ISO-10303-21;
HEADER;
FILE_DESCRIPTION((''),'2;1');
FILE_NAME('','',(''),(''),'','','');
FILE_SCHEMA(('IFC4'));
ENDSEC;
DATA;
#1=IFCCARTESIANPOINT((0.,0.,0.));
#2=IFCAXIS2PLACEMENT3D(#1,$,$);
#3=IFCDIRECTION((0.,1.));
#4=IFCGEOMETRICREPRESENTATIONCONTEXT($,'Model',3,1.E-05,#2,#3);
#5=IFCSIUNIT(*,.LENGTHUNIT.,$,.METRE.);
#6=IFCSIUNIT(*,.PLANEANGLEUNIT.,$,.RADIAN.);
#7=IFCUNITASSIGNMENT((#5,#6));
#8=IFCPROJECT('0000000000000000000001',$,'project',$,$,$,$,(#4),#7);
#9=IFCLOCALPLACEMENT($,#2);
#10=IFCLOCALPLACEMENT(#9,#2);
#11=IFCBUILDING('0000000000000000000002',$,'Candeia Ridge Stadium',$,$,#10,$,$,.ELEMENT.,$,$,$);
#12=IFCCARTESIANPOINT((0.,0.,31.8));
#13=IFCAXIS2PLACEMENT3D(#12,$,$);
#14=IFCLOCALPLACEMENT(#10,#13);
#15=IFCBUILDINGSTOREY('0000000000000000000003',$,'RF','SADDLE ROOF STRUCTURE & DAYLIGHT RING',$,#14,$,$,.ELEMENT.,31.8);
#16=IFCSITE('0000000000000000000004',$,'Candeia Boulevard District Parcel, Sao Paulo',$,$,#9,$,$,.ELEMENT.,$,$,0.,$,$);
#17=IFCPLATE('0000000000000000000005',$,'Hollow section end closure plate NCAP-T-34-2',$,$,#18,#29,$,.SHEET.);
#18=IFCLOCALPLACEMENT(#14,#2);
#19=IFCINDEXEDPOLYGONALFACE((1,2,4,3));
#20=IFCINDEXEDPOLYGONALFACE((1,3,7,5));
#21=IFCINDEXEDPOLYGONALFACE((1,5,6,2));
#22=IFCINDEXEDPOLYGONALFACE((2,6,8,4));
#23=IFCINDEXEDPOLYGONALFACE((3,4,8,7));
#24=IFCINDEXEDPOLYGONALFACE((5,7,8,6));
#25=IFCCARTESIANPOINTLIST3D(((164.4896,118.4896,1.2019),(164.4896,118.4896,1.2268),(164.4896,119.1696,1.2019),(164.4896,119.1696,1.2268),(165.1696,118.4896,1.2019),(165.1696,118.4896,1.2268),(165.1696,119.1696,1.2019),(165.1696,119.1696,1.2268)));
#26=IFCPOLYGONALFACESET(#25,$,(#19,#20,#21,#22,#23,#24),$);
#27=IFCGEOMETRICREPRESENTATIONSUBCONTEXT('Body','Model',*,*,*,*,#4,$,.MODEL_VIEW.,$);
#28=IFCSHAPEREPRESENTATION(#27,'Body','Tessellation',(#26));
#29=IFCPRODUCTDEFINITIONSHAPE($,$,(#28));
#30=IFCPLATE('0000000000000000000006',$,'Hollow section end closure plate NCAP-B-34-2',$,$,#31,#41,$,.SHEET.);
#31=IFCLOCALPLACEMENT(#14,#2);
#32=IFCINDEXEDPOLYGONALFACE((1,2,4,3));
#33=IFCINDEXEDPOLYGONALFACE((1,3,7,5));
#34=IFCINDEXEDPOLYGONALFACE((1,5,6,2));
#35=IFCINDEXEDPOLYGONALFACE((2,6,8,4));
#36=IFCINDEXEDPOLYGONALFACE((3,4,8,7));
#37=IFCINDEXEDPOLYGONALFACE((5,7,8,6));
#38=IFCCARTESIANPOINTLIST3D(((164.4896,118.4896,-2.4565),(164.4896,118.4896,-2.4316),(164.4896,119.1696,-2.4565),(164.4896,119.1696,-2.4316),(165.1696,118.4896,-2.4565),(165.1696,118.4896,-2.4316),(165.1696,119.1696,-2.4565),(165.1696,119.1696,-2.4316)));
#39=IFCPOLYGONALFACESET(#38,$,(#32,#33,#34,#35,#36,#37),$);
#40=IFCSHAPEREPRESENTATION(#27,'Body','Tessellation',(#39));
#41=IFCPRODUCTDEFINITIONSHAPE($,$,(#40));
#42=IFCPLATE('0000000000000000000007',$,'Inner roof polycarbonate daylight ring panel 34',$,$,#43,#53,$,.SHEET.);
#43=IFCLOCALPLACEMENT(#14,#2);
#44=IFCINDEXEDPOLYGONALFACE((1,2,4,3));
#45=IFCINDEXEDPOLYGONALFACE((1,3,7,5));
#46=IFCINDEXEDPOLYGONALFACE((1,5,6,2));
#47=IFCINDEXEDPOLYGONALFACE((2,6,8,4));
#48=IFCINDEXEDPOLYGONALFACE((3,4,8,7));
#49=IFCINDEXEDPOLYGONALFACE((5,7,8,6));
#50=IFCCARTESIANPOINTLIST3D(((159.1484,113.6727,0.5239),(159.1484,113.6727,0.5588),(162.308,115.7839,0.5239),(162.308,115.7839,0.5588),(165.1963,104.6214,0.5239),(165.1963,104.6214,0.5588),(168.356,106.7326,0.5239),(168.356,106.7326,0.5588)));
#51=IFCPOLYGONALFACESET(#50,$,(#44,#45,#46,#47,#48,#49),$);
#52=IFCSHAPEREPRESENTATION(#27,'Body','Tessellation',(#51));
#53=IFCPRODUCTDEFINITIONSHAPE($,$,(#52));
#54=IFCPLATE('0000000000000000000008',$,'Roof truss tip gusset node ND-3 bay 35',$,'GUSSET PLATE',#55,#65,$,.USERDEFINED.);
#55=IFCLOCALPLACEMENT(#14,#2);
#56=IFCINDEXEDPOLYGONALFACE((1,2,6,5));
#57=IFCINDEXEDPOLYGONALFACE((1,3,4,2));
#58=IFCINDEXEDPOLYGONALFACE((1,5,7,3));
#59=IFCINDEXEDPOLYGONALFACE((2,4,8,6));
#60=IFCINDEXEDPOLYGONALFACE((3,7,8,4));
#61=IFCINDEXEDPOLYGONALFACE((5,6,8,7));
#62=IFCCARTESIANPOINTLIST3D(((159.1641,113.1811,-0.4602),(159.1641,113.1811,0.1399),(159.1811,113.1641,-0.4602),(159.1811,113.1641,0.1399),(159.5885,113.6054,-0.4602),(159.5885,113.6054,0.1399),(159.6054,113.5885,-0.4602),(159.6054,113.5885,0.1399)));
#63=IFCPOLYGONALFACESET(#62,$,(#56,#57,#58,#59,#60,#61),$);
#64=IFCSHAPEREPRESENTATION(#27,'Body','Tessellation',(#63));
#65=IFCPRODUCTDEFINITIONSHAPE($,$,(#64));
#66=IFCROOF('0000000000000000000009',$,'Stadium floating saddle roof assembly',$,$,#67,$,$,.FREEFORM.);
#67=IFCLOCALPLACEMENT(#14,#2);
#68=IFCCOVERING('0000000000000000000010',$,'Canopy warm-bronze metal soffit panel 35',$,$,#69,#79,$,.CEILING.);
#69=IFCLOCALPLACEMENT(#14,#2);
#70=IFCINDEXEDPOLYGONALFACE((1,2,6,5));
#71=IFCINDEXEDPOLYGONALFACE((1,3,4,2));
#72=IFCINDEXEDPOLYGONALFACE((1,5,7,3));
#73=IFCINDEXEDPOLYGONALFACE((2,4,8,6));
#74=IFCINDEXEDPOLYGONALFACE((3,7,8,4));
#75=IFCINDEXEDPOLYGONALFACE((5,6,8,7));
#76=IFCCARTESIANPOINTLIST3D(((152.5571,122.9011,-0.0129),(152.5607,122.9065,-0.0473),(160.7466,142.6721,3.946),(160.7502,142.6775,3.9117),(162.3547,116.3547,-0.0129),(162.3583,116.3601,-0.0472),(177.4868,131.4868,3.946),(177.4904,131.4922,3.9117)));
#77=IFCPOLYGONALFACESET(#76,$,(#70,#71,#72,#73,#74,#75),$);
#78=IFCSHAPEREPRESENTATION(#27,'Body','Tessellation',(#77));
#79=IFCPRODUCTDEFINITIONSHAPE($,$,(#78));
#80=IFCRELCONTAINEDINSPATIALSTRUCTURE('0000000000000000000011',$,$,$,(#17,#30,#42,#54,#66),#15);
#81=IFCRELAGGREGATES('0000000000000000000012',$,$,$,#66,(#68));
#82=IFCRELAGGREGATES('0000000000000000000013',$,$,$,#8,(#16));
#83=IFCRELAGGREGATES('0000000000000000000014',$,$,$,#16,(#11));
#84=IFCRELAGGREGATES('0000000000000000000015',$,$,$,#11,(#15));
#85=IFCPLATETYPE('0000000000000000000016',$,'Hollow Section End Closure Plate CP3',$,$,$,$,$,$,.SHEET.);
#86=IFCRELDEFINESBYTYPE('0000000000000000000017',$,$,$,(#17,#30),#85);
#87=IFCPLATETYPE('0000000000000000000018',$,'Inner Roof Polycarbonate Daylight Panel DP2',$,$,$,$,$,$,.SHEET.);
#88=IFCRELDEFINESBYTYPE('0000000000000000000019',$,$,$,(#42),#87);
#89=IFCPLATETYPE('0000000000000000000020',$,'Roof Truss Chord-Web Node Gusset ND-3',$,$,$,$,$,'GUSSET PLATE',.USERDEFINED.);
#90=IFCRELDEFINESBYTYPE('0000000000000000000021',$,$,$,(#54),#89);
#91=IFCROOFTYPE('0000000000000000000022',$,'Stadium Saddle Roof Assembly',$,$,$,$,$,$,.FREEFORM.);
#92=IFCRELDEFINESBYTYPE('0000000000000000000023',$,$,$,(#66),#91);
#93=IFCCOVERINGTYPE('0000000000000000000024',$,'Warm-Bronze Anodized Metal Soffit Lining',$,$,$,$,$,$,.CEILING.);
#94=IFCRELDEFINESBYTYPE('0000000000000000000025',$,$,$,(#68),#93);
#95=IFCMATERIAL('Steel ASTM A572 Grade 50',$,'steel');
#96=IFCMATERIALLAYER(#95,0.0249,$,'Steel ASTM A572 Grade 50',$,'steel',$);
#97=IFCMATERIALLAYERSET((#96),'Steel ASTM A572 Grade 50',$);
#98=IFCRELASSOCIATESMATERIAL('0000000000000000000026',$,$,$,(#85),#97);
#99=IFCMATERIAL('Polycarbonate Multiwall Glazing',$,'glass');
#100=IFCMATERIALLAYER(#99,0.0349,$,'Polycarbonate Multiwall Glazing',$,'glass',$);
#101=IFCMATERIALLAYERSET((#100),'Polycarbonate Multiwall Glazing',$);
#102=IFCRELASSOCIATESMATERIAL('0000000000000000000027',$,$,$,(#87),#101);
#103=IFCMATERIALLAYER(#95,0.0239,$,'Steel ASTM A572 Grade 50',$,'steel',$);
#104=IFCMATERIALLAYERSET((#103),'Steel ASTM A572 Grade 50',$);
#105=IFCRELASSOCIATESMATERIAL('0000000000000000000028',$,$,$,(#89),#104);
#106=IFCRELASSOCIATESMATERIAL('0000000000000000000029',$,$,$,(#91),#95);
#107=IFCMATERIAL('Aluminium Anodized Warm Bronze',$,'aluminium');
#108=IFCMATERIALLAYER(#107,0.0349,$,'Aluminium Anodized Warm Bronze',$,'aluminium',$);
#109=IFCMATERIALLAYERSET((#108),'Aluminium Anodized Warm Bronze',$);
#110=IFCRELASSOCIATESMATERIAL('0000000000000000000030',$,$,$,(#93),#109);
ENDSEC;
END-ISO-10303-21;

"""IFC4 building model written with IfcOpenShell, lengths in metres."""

from ifc_helpers import new_model, si_unit, direction, frame, origin, origin_2d, place, context, subcontext, project, spatial, polyline, rectangle, outline, extrude, material, layer, layer_set, type_object, element, aggregate, save


model = new_model("IFC4")

# Units and contexts
model_context = context("Model", 3, precision=1e-05, world=origin(), true_north=direction((0.0, 1.0)))
body_context = subcontext(model_context, "Body", "Model", "MODEL_VIEW")
ifc_project = project(units=[si_unit("LENGTHUNIT", "METRE"), si_unit("PLANEANGLEUNIT", "RADIAN")], contexts=[model_context])

# Site, building, storey
site_placement = place(None, origin())
site = spatial("IfcSite", under=ifc_project, at=site_placement, Name="Candeia Boulevard District Parcel, Sao Paulo", CompositionType="ELEMENT", RefElevation=0.0)
building_placement = place(site_placement, origin())
building = spatial("IfcBuilding", under=site, at=building_placement, Name="Candeia Ridge Stadium", CompositionType="ELEMENT")
storey_placement = place(building_placement, frame((0.0, 0.0, 31.8)))
storey = spatial("IfcBuildingStorey", under=building, at=storey_placement, Name="RF", Description="SADDLE ROOF STRUCTURE & DAYLIGHT RING", CompositionType="ELEMENT", Elevation=31.8)

# Shared definitions
ifc_material_1 = material(Name="Steel ASTM A572 Grade 50", Category="steel")

# Plates
ifc_layer_1 = layer(ifc_material_1, 0.0249, Name="Steel ASTM A572 Grade 50", Category="steel")
ifc_layer_set_1 = layer_set([ifc_layer_1], Name="Steel ASTM A572 Grade 50")
plate_type_1 = type_object("IfcPlateType", Name="Hollow Section End Closure Plate CP3", PredefinedType="SHEET", material=ifc_layer_set_1)
for number, where, z_axis, x_axis, name in (
    (1, (164.8296, 118.8296, 1.2019), (0.0, 0.0, 1.0), (1.0, 0.0, 0.0), "Hollow section end closure plate NCAP-T-34-2"),
    (2, (164.8296, 118.8296, -2.4565), (0.0, 0.0, 1.0), (1.0, 0.0, 0.0), "Hollow section end closure plate NCAP-B-34-2"),
):
    element("IfcPlate", number, at=place(storey_placement, frame(where, z_axis=z_axis, x_axis=x_axis)), inside=storey, type_object=plate_type_1, Name=name, PredefinedType="SHEET", context=body_context, shape_type="SweptSolid", body=[
        extrude(rectangle(XDim=0.6799, YDim=0.6799, at=origin_2d()), origin(), (0.0, 0.0, 1.0), 0.0249),
    ])
ifc_material_2 = material(Name="Polycarbonate Multiwall Glazing", Category="glass")
ifc_layer_2 = layer(ifc_material_2, 0.0349, Name="Polycarbonate Multiwall Glazing", Category="glass")
ifc_layer_set_2 = layer_set([ifc_layer_2], Name="Polycarbonate Multiwall Glazing")
plate_type_2 = type_object("IfcPlateType", Name="Inner Roof Polycarbonate Daylight Panel DP2", PredefinedType="SHEET", material=ifc_layer_set_2)
plate_1_placement = place(storey_placement, frame((163.7522, 110.2026, 0.5239), z_axis=(0.0, 0.0, 1.0), x_axis=(-0.55557, 0.83147, 0.0)))
element("IfcPlate", 3, at=plate_1_placement, inside=storey, type_object=plate_type_2, Name="Inner roof polycarbonate daylight ring panel 34", PredefinedType="SHEET", context=body_context, shape_type="SweptSolid", body=[
    extrude(rectangle(XDim=10.886, YDim=3.8, at=origin_2d()), origin(), (0.0, 0.0, 1.0), 0.0349),
])
ifc_layer_3 = layer(ifc_material_1, 0.0239, Name="Steel ASTM A572 Grade 50", Category="steel")
ifc_layer_set_3 = layer_set([ifc_layer_3], Name="Steel ASTM A572 Grade 50")
plate_type_3 = type_object("IfcPlateType", Name="Roof Truss Chord-Web Node Gusset ND-3", ElementType="GUSSET PLATE", PredefinedType="USERDEFINED", material=ifc_layer_set_3)
plate_2_placement = place(storey_placement, frame((159.3848, 113.3848, -0.4602), z_axis=(0.0, 0.0, 1.0), x_axis=(0.707107, 0.707107, 0.0)))
element("IfcPlate", 4, at=plate_2_placement, inside=storey, type_object=plate_type_3, Name="Roof truss tip gusset node ND-3 bay 35", ObjectType="GUSSET PLATE", PredefinedType="USERDEFINED", context=body_context, shape_type="SweptSolid", body=[
    extrude(rectangle(XDim=0.6001, YDim=0.0239, at=origin_2d()), origin(), (0.0, 0.0, 1.0), 0.6001),
])

# Roof, covering
roof_type = type_object("IfcRoofType", Name="Stadium Saddle Roof Assembly", PredefinedType="FREEFORM", material=ifc_material_1)
roof_placement = place(storey_placement, origin())
roof = element("IfcRoof", 5, at=roof_placement, inside=storey, type_object=roof_type, Name="Stadium floating saddle roof assembly", PredefinedType="FREEFORM")
ifc_material_3 = material(Name="Aluminium Anodized Warm Bronze", Category="aluminium")
ifc_layer_4 = layer(ifc_material_3, 0.0349, Name="Aluminium Anodized Warm Bronze", Category="aluminium")
ifc_layer_set_4 = layer_set([ifc_layer_4], Name="Aluminium Anodized Warm Bronze")
covering_type = type_object("IfcCoveringType", Name="Warm-Bronze Anodized Metal Soffit Lining", PredefinedType="CEILING", material=ifc_layer_set_4)
covering_placement = place(storey_placement, frame((162.3547, 116.3547, -0.0129), z_axis=(-0.102976, -0.154118, 0.982672), x_axis=(-0.831476, 0.555561, -0.000001)))
covering = element("IfcCovering", 6, at=covering_placement, type_object=covering_type, Name="Canopy warm-bronze metal soffit panel 35", PredefinedType="CEILING", context=body_context, shape_type="SweptSolid", body=[
    extrude(outline(polyline([(0.0, 0.0), (11.7834, 0.0), (15.958, -21.359), (-4.1752, -21.3589), (0.0, 0.0)])), origin(), (0.0, 0.0, -1.0), 0.0349),
])
aggregate(roof, [covering])

save(model, "model.ifc")
